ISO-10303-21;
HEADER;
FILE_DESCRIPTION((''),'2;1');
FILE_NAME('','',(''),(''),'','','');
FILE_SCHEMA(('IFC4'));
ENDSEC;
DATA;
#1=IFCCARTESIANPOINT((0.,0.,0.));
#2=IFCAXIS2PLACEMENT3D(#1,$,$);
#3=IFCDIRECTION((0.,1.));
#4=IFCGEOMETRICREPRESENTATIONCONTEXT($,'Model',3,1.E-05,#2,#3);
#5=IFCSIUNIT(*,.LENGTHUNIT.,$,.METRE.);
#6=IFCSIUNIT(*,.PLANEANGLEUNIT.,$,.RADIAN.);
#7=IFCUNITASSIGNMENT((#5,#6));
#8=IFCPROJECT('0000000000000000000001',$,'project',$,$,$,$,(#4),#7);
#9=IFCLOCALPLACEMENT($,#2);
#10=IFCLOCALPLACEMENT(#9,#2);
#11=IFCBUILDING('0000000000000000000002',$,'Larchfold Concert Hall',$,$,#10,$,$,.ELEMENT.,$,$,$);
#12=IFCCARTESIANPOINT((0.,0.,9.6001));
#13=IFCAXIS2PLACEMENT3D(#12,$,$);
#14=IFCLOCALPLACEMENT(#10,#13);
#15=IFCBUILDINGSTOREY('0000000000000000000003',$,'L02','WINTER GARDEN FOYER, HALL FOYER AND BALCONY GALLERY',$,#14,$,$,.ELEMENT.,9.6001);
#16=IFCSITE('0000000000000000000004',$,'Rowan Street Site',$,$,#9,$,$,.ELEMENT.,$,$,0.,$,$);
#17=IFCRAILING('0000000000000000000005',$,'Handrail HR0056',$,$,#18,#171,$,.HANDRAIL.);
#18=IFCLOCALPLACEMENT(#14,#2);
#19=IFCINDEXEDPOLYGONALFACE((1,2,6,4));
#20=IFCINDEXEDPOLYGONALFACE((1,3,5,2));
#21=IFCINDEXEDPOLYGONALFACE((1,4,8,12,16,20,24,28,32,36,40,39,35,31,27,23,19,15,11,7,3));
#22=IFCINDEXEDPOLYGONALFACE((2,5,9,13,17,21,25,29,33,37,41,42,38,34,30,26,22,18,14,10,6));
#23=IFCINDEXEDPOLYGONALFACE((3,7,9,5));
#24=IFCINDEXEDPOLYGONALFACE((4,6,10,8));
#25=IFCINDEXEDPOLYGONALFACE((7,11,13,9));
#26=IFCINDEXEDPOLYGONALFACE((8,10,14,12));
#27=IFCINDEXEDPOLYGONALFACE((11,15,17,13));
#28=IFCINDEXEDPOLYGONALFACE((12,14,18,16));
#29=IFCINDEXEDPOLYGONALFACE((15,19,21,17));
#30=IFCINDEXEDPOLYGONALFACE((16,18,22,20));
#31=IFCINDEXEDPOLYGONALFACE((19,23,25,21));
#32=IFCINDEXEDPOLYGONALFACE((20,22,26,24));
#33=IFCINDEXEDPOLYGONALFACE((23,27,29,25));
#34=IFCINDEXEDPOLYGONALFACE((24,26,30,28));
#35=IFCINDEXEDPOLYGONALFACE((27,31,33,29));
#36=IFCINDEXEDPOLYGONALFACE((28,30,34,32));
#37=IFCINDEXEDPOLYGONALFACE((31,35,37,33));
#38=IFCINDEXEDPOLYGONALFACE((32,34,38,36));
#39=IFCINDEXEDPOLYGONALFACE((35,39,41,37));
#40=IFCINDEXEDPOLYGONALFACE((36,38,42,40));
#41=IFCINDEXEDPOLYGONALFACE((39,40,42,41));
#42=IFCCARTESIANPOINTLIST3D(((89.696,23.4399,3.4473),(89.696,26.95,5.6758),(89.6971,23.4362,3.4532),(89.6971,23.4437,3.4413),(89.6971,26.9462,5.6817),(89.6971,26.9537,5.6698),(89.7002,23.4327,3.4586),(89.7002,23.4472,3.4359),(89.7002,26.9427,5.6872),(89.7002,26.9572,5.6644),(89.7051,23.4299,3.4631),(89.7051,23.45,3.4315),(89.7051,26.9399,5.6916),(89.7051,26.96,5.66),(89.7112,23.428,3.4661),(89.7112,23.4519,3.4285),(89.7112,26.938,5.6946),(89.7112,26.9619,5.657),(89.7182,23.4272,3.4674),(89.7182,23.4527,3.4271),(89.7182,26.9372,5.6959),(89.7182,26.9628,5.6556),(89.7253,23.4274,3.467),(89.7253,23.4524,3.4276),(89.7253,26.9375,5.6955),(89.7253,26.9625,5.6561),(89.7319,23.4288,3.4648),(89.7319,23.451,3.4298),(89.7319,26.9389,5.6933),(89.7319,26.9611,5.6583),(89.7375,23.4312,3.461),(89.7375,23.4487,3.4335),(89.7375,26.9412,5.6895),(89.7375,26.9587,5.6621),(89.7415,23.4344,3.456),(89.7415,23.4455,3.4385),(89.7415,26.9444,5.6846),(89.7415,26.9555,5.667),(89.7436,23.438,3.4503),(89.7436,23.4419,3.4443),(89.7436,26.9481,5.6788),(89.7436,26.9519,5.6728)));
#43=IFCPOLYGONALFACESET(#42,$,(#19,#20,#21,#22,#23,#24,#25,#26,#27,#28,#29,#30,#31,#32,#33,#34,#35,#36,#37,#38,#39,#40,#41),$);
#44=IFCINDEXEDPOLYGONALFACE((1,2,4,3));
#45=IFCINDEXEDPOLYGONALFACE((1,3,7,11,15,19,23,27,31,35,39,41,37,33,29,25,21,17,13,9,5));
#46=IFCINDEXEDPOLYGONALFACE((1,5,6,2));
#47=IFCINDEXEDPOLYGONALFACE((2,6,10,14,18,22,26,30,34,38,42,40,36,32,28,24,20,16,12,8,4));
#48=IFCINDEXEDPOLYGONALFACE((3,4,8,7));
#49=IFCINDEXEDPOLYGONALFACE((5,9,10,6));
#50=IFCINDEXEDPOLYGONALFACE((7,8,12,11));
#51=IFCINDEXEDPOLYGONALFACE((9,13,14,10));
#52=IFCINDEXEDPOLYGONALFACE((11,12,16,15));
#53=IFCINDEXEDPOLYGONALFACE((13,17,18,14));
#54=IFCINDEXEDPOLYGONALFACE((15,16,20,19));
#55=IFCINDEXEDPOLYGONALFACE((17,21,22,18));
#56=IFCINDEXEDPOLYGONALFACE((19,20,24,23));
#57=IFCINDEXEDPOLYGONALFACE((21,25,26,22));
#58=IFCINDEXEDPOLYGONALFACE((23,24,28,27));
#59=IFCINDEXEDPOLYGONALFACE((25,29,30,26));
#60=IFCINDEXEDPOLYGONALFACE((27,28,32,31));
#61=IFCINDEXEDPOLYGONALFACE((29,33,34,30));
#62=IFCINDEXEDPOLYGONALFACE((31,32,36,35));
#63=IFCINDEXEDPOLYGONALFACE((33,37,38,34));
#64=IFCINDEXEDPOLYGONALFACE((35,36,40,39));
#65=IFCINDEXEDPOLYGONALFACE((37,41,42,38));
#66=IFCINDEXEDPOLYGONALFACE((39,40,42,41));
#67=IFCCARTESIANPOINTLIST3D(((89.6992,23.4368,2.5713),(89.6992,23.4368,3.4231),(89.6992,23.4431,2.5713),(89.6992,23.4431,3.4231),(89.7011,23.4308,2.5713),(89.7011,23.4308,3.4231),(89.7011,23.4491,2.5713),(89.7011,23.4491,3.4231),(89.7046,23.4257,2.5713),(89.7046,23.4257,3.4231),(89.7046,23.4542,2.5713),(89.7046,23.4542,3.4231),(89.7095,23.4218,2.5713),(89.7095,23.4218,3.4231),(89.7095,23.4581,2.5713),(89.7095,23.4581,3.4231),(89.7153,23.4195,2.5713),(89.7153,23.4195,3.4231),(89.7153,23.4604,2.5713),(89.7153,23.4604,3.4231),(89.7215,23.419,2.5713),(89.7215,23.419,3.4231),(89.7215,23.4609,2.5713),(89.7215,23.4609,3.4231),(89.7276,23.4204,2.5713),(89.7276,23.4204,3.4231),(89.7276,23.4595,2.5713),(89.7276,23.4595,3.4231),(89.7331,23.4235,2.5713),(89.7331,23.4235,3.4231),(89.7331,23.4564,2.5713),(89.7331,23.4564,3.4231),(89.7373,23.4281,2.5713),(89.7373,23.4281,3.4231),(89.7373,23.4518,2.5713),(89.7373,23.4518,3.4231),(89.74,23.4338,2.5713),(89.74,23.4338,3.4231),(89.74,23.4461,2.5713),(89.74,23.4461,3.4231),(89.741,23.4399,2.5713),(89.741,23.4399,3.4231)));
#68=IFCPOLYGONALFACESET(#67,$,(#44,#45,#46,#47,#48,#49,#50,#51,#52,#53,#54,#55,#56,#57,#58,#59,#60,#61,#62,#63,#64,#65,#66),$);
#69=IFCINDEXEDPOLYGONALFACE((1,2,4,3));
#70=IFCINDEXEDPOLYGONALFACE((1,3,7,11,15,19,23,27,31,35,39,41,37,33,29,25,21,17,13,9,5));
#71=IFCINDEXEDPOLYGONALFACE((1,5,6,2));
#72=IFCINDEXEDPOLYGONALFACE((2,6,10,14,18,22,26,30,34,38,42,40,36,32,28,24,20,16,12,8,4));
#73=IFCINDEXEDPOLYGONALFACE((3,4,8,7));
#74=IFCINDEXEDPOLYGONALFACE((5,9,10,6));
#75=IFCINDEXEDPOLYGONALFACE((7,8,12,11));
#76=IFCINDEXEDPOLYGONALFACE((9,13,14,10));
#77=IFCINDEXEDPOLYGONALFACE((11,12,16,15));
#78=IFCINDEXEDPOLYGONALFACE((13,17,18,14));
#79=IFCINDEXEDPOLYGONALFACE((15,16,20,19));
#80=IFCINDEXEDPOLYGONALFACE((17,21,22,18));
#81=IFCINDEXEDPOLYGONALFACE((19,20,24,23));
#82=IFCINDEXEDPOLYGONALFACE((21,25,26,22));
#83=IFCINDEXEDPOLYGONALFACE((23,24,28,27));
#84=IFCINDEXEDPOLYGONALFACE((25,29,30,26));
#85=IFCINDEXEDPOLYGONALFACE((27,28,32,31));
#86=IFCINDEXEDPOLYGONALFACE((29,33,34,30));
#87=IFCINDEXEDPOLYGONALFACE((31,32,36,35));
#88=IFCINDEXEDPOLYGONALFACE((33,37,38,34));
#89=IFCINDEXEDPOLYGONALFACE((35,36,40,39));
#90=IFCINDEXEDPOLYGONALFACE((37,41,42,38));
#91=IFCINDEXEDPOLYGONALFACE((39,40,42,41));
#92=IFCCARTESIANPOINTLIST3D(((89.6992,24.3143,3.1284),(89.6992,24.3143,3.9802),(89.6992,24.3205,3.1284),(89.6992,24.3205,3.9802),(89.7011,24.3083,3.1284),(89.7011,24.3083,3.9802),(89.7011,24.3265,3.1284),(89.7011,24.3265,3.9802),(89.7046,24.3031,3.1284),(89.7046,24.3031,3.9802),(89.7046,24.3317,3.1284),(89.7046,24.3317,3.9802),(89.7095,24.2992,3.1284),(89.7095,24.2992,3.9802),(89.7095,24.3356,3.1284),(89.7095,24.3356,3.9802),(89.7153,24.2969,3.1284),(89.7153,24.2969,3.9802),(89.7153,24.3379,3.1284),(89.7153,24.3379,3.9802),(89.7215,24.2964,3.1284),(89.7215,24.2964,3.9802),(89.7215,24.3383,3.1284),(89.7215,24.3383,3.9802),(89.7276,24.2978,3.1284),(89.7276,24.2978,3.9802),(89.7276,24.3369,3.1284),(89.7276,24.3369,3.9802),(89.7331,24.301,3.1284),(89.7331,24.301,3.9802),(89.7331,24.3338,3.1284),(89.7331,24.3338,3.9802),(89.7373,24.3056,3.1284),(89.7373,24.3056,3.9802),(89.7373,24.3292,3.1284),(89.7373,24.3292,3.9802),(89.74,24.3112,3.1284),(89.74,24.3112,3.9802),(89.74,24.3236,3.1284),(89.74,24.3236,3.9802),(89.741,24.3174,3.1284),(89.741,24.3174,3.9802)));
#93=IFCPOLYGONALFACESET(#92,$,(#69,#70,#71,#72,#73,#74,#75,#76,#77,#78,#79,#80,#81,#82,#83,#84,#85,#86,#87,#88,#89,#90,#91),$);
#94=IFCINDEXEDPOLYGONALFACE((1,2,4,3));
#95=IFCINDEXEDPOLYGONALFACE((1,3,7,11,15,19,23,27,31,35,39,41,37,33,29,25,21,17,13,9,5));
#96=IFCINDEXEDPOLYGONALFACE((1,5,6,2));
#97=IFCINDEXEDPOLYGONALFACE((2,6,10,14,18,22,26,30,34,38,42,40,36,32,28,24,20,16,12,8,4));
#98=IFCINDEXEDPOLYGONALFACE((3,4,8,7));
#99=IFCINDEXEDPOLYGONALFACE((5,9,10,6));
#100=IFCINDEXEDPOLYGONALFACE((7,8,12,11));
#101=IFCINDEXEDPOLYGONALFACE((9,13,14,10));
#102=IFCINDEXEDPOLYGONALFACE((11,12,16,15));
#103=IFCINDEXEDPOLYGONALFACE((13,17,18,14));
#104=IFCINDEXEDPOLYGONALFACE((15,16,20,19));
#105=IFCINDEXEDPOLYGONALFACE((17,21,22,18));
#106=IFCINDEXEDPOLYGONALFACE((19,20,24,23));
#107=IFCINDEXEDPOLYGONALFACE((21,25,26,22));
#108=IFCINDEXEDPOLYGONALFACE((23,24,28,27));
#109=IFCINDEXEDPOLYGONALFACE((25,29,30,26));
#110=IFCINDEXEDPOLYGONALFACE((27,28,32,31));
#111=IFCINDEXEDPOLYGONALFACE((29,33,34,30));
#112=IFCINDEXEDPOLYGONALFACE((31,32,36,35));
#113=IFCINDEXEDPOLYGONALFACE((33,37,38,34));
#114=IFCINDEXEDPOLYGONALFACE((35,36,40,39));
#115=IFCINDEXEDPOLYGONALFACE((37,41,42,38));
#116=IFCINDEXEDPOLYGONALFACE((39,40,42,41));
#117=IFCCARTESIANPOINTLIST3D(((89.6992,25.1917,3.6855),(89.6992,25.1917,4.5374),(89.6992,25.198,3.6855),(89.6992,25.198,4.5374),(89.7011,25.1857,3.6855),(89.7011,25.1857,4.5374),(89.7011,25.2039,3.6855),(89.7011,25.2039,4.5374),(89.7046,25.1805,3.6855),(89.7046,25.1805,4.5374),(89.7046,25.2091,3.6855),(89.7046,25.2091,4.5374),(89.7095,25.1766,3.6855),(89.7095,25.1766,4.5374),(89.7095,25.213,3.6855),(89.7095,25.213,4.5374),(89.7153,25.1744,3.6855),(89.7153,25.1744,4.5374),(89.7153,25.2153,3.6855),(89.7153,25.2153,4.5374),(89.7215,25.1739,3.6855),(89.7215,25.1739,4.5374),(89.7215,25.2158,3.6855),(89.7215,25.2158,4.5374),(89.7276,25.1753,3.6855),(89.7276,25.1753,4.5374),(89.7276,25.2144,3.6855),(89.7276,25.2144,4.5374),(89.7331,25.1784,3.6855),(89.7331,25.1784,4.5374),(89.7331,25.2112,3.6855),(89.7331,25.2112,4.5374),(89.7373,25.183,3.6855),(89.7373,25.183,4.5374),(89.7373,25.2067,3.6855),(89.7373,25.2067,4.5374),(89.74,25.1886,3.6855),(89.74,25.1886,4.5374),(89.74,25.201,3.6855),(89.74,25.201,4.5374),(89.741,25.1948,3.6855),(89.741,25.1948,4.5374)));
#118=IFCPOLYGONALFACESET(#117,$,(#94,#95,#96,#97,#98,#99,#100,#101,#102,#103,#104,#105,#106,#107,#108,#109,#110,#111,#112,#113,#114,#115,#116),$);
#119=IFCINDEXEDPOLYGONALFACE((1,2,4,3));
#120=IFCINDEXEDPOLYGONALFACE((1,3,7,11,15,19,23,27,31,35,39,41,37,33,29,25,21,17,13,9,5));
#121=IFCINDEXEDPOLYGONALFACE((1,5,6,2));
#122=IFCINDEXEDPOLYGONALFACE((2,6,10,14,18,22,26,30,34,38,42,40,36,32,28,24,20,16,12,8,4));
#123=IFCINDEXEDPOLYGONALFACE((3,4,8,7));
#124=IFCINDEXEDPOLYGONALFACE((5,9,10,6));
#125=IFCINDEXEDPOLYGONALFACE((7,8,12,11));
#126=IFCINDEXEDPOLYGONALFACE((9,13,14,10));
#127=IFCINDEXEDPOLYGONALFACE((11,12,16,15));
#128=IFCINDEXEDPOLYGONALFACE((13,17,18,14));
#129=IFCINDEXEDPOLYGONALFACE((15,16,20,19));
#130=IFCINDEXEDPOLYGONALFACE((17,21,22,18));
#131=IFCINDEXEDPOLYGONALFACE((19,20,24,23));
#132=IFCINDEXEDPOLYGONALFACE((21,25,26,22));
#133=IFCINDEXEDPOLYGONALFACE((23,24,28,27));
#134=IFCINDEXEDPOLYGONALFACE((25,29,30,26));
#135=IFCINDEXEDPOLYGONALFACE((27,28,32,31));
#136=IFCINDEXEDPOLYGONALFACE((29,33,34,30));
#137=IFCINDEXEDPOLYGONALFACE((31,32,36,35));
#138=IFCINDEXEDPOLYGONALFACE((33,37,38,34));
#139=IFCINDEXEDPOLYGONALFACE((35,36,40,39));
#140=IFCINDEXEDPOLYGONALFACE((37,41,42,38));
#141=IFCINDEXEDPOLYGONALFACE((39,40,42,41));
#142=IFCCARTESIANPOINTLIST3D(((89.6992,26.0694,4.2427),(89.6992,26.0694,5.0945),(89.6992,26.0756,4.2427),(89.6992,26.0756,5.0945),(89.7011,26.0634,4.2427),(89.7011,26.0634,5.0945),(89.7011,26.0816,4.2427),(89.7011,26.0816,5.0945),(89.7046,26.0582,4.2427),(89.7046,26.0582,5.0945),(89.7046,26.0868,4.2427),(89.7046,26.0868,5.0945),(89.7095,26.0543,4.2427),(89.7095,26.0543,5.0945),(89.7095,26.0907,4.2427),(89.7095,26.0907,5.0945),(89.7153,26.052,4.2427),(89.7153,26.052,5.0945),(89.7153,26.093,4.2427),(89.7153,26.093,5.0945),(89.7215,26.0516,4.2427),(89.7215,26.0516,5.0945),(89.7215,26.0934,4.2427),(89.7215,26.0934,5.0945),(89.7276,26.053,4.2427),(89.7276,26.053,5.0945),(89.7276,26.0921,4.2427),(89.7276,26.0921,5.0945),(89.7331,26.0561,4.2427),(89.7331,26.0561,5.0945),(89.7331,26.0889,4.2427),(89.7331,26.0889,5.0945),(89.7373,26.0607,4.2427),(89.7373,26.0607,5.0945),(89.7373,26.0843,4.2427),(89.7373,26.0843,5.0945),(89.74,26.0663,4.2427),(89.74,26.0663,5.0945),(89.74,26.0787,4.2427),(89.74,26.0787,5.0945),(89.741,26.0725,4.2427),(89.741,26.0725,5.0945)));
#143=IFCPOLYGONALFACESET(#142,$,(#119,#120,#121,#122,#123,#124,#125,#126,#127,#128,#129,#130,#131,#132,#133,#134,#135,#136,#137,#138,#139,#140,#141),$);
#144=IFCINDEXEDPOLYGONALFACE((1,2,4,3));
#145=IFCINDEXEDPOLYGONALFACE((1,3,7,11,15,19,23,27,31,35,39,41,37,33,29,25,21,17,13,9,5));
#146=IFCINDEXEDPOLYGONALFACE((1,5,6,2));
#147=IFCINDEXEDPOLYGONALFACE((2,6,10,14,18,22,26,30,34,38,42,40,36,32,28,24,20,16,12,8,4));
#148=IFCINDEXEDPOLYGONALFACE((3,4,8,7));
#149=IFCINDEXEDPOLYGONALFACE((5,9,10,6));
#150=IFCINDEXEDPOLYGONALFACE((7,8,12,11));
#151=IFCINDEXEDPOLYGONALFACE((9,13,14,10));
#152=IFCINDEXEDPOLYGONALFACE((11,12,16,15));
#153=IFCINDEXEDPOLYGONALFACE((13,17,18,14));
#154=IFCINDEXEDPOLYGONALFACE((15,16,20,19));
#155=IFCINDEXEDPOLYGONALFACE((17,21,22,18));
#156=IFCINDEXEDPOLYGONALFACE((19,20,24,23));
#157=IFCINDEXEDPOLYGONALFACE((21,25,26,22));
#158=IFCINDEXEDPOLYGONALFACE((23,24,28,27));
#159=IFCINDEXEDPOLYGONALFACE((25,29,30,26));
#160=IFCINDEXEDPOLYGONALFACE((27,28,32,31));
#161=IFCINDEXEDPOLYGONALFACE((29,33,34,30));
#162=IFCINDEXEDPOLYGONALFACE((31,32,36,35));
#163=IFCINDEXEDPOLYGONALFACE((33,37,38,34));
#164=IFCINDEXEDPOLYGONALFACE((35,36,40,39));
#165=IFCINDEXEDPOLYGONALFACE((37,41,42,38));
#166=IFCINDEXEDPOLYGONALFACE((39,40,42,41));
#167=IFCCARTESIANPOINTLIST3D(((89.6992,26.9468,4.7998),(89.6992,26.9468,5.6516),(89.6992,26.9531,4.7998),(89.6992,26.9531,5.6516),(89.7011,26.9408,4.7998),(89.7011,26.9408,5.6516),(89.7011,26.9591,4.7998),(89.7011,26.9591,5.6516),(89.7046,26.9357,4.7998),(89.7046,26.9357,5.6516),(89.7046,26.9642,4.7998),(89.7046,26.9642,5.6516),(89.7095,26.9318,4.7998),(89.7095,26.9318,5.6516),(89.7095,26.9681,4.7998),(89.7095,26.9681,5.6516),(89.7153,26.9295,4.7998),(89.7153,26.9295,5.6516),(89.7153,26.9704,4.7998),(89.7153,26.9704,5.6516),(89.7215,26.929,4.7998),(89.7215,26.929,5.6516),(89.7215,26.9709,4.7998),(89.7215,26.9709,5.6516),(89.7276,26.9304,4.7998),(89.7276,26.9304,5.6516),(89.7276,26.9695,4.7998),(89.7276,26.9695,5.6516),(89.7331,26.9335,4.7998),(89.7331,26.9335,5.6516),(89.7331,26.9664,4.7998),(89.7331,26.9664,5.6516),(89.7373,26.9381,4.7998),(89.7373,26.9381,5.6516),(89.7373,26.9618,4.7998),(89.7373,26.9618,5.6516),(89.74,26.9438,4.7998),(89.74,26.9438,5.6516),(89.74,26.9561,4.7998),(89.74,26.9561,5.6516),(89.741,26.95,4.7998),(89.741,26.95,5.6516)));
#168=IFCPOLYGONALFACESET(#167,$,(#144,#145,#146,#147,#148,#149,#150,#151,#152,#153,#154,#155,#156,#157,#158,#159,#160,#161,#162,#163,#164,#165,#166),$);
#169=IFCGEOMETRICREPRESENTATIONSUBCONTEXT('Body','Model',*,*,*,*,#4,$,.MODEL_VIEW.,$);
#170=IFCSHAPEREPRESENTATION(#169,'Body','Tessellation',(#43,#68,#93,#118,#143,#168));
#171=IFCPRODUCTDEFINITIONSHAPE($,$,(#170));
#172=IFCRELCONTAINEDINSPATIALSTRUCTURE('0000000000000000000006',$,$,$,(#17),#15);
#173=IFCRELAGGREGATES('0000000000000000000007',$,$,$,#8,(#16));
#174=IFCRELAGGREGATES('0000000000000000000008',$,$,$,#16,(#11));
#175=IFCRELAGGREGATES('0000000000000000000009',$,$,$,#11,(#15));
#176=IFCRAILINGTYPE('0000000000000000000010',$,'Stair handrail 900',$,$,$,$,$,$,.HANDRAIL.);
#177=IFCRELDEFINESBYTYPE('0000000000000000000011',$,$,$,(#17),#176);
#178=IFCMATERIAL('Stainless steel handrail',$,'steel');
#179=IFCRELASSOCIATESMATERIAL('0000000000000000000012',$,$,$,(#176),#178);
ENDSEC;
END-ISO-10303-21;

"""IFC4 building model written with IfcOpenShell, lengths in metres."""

from ifc_helpers import new_model, si_unit, direction, frame, origin, origin_2d, place, context, subcontext, project, spatial, circle, extrude, material, type_object, element, save


model = new_model("IFC4")

# Units and contexts
model_context = context("Model", 3, precision=1e-05, world=origin(), true_north=direction((0.0, 1.0)))
body_context = subcontext(model_context, "Body", "Model", "MODEL_VIEW")
ifc_project = project(units=[si_unit("LENGTHUNIT", "METRE"), si_unit("PLANEANGLEUNIT", "RADIAN")], contexts=[model_context])

# Site, building, storey
site_placement = place(None, origin())
site = spatial("IfcSite", under=ifc_project, at=site_placement, Name="Rowan Street Site", CompositionType="ELEMENT", RefElevation=0.0)
building_placement = place(site_placement, origin())
building = spatial("IfcBuilding", under=site, at=building_placement, Name="Larchfold Concert Hall", CompositionType="ELEMENT")
storey_placement = place(building_placement, frame((0.0, 0.0, 9.6001)))
storey = spatial("IfcBuildingStorey", under=building, at=storey_placement, Name="L02", Description="WINTER GARDEN FOYER, HALL FOYER AND BALCONY GALLERY", CompositionType="ELEMENT", Elevation=9.6001)

# Railing
ifc_material_1 = material(Name="Stainless steel handrail", Category="steel")
railing_type_1 = type_object("IfcRailingType", Name="Stair handrail 900", PredefinedType="HANDRAIL", material=ifc_material_1)
railing_1_placement = place(storey_placement, frame((89.72, 23.4399, 2.5713)))
element("IfcRailing", 1, at=railing_1_placement, inside=storey, type_object=railing_type_1, Name="Handrail HR0056", PredefinedType="HANDRAIL", context=body_context, shape_type="SweptSolid", body=[
    extrude(circle(Radius=0.0239, at=origin_2d()), frame((0.0, 0.0, 0.876), z_axis=(0.0, 0.84422, 0.535998), x_axis=(-1.0, 0.0, 0.0)), (0.0, 0.0, 1.0), 4.1577),
    extrude(circle(Radius=0.021, at=origin_2d()), origin(), (0.0, 0.0, 1.0), 0.8518),
    extrude(circle(Radius=0.021, at=origin_2d()), frame((0.0, 0.8774, 0.5571)), (0.0, 0.0, 1.0), 0.8518),
    extrude(circle(Radius=0.021, at=origin_2d()), frame((0.0, 1.7549, 1.1143)), (0.0, 0.0, 1.0), 0.8518),
    extrude(circle(Radius=0.021, at=origin_2d()), frame((0.0, 2.6326, 1.6714)), (0.0, 0.0, 1.0), 0.8518),
    extrude(circle(Radius=0.021, at=origin_2d()), frame((0.0, 3.51, 2.2285)), (0.0, 0.0, 1.0), 0.8518),
])

save(model, "model.ifc")
